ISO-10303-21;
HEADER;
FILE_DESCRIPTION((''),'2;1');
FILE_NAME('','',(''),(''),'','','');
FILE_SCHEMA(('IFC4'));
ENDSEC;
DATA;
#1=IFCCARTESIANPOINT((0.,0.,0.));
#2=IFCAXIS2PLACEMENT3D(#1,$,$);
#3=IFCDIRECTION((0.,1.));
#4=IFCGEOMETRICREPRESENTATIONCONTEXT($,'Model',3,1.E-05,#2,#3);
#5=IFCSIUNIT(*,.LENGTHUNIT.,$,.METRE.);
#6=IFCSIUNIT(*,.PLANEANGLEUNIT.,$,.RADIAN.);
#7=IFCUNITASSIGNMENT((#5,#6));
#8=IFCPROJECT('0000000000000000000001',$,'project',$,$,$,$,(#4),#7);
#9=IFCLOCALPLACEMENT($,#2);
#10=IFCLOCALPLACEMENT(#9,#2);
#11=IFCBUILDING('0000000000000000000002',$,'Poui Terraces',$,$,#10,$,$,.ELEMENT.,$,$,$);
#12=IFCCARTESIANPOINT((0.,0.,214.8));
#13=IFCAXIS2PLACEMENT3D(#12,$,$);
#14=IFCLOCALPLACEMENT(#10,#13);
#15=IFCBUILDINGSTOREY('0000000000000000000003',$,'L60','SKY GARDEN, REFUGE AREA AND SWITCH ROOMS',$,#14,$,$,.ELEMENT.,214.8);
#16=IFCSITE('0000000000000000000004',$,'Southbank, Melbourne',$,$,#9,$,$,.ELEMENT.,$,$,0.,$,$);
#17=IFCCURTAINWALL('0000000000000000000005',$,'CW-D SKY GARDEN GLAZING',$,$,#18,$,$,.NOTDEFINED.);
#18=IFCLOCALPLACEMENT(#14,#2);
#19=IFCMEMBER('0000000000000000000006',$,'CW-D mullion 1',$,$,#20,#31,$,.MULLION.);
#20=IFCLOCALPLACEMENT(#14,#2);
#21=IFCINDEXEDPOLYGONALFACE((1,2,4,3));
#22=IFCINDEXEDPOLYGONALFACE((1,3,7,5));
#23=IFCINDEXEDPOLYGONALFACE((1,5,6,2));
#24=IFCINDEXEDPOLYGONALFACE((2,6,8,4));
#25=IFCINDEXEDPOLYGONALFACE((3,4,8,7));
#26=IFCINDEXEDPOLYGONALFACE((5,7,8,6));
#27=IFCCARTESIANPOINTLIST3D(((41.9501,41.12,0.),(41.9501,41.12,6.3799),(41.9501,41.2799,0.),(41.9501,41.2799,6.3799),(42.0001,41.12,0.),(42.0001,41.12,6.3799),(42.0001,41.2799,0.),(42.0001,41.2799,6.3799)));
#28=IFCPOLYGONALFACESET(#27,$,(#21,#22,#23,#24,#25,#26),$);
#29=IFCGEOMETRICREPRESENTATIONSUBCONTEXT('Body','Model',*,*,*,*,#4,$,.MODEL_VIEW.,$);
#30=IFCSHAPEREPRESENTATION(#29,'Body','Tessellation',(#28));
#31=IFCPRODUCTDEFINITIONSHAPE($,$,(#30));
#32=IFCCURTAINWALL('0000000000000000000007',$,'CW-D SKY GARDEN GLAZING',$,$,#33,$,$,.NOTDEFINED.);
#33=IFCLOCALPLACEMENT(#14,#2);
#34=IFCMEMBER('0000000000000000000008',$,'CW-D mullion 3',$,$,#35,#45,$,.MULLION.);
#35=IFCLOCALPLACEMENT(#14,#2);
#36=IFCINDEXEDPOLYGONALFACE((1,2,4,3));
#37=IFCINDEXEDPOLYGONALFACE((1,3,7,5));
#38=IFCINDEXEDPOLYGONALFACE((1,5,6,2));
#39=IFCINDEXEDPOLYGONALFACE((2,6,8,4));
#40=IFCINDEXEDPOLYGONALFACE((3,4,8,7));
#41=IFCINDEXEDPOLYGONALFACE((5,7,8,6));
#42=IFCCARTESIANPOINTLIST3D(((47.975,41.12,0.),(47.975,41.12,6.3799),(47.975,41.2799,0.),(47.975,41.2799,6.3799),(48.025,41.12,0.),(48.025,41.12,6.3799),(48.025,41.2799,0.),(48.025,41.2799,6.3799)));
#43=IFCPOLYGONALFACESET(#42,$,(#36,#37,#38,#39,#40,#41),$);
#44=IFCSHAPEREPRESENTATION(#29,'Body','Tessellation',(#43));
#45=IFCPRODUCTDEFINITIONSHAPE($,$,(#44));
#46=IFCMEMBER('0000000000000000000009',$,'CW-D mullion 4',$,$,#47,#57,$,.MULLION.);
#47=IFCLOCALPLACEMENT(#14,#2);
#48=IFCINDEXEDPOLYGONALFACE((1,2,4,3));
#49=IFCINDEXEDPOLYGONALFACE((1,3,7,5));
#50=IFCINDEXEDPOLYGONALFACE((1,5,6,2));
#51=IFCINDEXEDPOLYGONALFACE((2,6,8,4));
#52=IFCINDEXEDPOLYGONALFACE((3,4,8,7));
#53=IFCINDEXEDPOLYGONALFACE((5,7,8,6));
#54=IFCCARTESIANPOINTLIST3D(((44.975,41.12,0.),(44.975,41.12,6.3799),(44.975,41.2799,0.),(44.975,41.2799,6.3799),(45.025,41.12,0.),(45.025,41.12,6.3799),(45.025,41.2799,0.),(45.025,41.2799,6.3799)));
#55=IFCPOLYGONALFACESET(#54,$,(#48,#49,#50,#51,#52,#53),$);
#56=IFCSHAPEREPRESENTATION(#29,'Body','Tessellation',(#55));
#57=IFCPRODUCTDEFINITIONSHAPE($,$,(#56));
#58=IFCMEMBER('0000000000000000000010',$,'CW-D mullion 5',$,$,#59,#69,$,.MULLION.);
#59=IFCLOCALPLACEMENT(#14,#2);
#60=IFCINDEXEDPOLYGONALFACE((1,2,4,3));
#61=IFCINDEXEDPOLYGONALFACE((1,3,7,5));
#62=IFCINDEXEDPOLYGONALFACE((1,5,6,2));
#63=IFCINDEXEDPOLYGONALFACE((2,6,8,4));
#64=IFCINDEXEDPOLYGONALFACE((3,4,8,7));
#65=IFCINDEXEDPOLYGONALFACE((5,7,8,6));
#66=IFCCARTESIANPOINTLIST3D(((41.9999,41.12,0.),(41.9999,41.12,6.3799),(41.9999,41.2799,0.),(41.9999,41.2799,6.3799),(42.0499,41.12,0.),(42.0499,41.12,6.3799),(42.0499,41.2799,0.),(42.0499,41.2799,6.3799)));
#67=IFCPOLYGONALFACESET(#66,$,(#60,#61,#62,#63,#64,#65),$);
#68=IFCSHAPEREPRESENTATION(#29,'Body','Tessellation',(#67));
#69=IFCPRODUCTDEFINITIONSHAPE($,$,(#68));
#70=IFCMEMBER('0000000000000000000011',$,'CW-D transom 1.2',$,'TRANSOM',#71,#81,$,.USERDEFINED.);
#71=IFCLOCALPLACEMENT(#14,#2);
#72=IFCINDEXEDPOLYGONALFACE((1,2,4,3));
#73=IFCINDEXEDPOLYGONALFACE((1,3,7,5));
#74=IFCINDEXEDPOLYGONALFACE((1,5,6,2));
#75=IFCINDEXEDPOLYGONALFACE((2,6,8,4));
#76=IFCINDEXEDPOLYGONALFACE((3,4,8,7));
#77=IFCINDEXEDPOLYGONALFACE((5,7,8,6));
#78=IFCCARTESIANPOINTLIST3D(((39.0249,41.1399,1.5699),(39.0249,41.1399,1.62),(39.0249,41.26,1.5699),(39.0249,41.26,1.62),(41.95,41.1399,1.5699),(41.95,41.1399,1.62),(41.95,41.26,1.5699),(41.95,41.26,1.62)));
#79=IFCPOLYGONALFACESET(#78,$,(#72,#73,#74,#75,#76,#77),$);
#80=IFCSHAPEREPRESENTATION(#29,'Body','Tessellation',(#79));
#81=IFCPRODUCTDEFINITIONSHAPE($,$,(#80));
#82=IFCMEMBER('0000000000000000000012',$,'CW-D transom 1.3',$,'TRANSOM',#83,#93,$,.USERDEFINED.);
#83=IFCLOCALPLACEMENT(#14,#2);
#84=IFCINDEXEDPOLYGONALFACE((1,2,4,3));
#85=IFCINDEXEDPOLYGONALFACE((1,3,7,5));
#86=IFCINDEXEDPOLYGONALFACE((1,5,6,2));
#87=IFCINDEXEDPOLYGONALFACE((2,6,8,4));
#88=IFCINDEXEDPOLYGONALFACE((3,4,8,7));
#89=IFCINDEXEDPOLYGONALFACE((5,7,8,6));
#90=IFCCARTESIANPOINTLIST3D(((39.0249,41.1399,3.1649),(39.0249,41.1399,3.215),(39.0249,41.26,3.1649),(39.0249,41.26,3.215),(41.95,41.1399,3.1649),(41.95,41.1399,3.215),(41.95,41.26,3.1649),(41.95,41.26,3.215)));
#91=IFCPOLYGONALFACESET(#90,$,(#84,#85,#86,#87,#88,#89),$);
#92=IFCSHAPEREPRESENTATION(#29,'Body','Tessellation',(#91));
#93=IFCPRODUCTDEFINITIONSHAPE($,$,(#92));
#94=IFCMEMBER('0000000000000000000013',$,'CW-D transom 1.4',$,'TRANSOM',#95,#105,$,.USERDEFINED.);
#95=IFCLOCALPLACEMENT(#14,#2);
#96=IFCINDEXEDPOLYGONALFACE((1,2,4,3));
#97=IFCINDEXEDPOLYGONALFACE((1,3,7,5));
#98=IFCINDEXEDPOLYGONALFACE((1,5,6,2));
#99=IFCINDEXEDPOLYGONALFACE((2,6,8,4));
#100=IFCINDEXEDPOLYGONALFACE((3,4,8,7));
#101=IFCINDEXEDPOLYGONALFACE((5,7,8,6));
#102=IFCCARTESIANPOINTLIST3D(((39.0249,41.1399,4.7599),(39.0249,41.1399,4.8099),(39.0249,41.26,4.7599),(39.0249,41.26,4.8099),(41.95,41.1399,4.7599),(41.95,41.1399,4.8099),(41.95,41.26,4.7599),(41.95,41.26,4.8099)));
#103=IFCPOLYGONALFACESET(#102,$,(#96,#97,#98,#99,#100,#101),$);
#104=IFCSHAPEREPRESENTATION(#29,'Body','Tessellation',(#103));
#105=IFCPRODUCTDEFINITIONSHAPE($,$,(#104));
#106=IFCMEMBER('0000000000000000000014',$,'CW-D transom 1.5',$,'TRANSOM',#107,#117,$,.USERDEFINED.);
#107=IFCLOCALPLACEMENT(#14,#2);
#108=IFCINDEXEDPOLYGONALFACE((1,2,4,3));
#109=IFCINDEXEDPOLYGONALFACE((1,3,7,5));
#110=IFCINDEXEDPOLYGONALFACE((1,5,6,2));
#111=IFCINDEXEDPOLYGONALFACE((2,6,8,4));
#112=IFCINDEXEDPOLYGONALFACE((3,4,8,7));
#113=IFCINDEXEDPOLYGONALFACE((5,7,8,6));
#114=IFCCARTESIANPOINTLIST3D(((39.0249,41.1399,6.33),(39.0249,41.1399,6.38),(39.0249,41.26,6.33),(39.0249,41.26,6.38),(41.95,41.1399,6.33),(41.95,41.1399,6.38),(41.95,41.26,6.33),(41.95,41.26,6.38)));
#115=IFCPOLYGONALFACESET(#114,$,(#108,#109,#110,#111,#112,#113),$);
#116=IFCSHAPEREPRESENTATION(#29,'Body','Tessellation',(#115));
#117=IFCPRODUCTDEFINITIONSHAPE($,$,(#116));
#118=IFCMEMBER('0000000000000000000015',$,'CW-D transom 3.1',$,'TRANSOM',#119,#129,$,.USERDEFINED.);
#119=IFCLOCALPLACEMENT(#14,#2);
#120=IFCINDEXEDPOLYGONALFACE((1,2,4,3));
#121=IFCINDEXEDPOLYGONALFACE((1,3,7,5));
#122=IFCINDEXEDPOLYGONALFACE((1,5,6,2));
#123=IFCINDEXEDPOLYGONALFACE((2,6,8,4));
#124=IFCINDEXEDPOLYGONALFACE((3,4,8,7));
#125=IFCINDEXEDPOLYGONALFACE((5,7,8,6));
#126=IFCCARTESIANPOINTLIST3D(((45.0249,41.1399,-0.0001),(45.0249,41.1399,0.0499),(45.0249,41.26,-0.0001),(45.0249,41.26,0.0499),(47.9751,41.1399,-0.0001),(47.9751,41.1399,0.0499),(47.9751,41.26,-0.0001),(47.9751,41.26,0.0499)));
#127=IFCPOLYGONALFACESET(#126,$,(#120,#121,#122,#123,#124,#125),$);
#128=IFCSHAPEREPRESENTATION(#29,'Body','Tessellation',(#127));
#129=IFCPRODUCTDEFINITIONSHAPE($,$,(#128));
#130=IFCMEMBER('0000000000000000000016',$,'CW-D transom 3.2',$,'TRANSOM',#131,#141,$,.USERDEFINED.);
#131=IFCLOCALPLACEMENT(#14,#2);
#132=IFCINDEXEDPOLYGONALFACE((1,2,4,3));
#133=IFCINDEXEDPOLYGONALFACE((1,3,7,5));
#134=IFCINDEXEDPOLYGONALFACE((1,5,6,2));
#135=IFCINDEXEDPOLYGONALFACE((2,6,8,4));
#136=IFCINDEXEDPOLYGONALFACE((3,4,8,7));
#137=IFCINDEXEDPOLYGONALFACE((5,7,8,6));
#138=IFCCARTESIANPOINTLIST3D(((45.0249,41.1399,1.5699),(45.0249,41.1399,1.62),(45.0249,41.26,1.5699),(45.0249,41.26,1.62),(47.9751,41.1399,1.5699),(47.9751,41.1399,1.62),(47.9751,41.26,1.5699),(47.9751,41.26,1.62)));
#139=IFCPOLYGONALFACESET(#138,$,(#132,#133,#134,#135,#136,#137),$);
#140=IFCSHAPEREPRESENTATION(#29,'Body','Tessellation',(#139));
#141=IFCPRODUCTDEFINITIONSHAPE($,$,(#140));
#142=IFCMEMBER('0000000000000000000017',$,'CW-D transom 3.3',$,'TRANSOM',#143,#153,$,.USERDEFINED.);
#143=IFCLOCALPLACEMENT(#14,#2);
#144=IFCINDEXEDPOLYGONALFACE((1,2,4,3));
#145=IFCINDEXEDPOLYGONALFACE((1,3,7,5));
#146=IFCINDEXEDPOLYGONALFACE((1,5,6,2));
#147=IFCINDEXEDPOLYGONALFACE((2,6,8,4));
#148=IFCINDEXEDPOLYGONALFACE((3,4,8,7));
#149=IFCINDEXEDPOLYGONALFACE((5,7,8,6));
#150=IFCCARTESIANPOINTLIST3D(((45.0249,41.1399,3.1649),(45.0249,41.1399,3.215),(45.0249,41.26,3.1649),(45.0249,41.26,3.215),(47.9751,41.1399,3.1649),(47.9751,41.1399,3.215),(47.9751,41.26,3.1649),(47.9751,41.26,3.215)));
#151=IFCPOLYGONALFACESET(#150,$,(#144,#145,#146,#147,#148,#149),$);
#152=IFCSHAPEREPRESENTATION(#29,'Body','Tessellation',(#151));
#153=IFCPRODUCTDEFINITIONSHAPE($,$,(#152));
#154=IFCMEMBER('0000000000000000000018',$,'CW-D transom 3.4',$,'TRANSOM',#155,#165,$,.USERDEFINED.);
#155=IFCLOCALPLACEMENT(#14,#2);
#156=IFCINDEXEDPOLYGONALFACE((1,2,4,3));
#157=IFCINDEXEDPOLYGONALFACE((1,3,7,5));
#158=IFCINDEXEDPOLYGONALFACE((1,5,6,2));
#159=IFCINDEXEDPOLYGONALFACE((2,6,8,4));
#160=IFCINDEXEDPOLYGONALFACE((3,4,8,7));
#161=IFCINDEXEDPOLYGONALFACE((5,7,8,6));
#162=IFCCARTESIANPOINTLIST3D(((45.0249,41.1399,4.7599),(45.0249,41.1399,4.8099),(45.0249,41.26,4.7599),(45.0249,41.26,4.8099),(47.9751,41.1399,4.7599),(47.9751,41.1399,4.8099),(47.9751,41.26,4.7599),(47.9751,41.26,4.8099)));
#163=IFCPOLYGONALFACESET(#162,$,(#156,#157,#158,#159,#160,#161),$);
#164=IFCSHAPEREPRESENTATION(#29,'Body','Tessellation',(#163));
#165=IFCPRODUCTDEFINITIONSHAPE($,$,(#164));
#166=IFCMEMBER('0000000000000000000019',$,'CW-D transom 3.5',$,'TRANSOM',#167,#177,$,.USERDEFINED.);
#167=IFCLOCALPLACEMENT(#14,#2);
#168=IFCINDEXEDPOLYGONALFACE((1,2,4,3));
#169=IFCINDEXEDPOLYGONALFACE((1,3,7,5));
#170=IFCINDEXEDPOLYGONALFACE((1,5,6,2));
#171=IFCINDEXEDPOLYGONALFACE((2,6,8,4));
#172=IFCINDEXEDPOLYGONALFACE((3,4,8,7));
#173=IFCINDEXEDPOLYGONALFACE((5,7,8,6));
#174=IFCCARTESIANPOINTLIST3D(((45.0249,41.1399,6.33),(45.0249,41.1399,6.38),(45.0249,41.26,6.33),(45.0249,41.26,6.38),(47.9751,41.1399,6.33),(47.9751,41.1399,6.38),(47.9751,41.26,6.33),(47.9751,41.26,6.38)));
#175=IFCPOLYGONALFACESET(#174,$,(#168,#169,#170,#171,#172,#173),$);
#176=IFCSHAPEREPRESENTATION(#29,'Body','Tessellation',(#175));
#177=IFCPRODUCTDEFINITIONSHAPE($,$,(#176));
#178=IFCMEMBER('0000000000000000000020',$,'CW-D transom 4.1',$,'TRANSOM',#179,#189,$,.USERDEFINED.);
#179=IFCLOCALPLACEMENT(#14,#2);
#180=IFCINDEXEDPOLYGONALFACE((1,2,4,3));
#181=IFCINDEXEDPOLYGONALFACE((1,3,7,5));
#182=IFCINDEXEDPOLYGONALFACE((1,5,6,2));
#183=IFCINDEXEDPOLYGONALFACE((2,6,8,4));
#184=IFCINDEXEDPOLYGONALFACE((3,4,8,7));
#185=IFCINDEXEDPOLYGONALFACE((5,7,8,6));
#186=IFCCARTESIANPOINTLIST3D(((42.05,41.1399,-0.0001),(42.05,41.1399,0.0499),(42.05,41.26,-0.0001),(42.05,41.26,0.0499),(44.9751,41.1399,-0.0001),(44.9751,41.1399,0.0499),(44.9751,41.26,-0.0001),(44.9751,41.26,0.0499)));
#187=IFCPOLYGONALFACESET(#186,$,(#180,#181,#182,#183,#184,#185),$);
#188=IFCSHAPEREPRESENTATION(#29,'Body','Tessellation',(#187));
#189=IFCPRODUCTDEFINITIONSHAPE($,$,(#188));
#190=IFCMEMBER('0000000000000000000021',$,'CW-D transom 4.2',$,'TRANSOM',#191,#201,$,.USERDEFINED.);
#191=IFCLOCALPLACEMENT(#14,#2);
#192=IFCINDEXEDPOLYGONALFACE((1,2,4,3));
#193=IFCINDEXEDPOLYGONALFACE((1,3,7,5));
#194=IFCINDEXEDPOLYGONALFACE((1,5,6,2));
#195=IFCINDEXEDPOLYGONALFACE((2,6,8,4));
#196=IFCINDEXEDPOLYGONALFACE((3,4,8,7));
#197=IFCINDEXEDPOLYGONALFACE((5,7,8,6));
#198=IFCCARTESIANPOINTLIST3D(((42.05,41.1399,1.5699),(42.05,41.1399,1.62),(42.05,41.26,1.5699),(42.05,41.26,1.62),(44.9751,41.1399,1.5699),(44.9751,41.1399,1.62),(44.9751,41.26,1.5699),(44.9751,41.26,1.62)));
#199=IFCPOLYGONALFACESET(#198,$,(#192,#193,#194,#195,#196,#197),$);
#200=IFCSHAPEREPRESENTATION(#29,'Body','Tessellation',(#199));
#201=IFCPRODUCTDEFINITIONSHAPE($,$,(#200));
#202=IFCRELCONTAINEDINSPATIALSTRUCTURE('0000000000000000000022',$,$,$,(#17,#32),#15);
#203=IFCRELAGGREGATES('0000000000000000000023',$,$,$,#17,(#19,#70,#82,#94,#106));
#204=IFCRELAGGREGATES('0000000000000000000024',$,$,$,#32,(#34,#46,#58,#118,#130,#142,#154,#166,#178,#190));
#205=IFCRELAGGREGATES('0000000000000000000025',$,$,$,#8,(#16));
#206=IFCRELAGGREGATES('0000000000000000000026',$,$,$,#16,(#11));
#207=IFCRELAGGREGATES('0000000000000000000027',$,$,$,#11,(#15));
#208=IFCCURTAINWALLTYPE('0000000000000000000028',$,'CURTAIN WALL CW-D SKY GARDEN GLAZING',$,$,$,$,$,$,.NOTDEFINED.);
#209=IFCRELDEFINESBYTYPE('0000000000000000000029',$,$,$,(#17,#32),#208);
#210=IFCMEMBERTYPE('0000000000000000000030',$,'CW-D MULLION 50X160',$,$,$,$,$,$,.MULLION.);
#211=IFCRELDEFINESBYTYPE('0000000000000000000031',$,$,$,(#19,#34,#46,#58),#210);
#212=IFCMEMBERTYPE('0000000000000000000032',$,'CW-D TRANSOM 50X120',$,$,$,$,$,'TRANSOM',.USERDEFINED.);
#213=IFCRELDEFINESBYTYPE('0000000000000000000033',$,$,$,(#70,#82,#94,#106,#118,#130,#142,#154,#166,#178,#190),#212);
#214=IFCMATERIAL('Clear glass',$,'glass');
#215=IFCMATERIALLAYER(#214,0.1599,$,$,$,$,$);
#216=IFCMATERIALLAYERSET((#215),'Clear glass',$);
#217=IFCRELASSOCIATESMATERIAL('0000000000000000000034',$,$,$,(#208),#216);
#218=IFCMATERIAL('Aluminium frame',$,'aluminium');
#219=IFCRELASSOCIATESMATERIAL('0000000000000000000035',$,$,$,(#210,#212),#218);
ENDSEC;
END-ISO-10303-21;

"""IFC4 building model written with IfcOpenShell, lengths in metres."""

from ifc_helpers import new_model, si_unit, direction, frame, origin, origin_2d, place, context, subcontext, project, spatial, rectangle, extrude, material, layer, layer_set, material_profile, profile_set, type_object, element, aggregate, save


model = new_model("IFC4")

# Units and contexts
model_context = context("Model", 3, precision=1e-05, world=origin(), true_north=direction((0.0, 1.0)))
body_context = subcontext(model_context, "Body", "Model", "MODEL_VIEW")
ifc_project = project(units=[si_unit("LENGTHUNIT", "METRE"), si_unit("PLANEANGLEUNIT", "RADIAN")], contexts=[model_context])

# Site, building, storey
site_placement = place(None, origin())
site = spatial("IfcSite", under=ifc_project, at=site_placement, Name="Southbank, Melbourne", CompositionType="ELEMENT", RefElevation=0.0)
building_placement = place(site_placement, origin())
building = spatial("IfcBuilding", under=site, at=building_placement, Name="Poui Terraces", CompositionType="ELEMENT")
storey_placement = place(building_placement, frame((0.0, 0.0, 214.8)))
storey = spatial("IfcBuildingStorey", under=building, at=storey_placement, Name="L60", Description="SKY GARDEN, REFUGE AREA AND SWITCH ROOMS", CompositionType="ELEMENT", Elevation=214.8)

# Curtain wall, member
ifc_material_1 = material(Name="Clear glass", Category="glass")
ifc_layer_1 = layer(ifc_material_1, 0.1599)
ifc_layer_set_1 = layer_set([ifc_layer_1], Name="Clear glass")
curtain_wall_type = type_object("IfcCurtainWallType", Name="CURTAIN WALL CW-D SKY GARDEN GLAZING", PredefinedType="NOTDEFINED", material=ifc_layer_set_1)
curtain_wall_1_placement = place(storey_placement, origin())
curtain_wall_1 = element("IfcCurtainWall", 1, at=curtain_wall_1_placement, inside=storey, type_object=curtain_wall_type, Name="CW-D SKY GARDEN GLAZING", PredefinedType="NOTDEFINED")
ifc_material_2 = material(Name="Aluminium frame", Category="aluminium")
ifc_material_profile_1 = material_profile(ifc_material_2, rectangle(XDim=0.1599, YDim=0.05, at=origin_2d()), Name="CW-D MULLION 50X160")
ifc_profile_set_1 = profile_set([ifc_material_profile_1], Name="Aluminium frame")
member_type_1 = type_object("IfcMemberType", Name="CW-D MULLION 50X160", PredefinedType="MULLION", material=ifc_profile_set_1)
member_1_placement = place(storey_placement, frame((41.9751, 41.2, 0.0), z_axis=(0.0, 0.0, 1.0), x_axis=(0.0, -1.0, 0.0)))
member_1 = element("IfcMember", 2, at=member_1_placement, type_object=member_type_1, Name="CW-D mullion 1", PredefinedType="MULLION", context=body_context, shape_type="SweptSolid", body=[
    extrude(rectangle(XDim=0.1599, YDim=0.05, at=origin_2d()), origin(), (0.0, 0.0, 1.0), 6.3799),
])

# Curtain wall, members
curtain_wall_2_placement = place(storey_placement, origin())
curtain_wall_2 = element("IfcCurtainWall", 3, at=curtain_wall_2_placement, inside=storey, type_object=curtain_wall_type, Name="CW-D SKY GARDEN GLAZING", PredefinedType="NOTDEFINED")
member_2_placement = place(storey_placement, frame((48.0, 41.2, 0.0), z_axis=(0.0, 0.0, 1.0), x_axis=(0.0, -1.0, 0.0)))
member_2 = element("IfcMember", 4, at=member_2_placement, type_object=member_type_1, Name="CW-D mullion 3", PredefinedType="MULLION", context=body_context, shape_type="SweptSolid", body=[
    extrude(rectangle(XDim=0.1599, YDim=0.05, at=origin_2d()), origin(), (0.0, 0.0, 1.0), 6.3799),
])
member_3_placement = place(storey_placement, frame((45.0, 41.2, 0.0), z_axis=(0.0, 0.0, 1.0), x_axis=(0.0, -1.0, 0.0)))
member_3 = element("IfcMember", 5, at=member_3_placement, type_object=member_type_1, Name="CW-D mullion 4", PredefinedType="MULLION", context=body_context, shape_type="SweptSolid", body=[
    extrude(rectangle(XDim=0.1599, YDim=0.05, at=origin_2d()), origin(), (0.0, 0.0, 1.0), 6.3799),
])
member_4_placement = place(storey_placement, frame((42.0249, 41.2, 0.0), z_axis=(0.0, 0.0, 1.0), x_axis=(0.0, -1.0, 0.0)))
member_4 = element("IfcMember", 6, at=member_4_placement, type_object=member_type_1, Name="CW-D mullion 5", PredefinedType="MULLION", context=body_context, shape_type="SweptSolid", body=[
    extrude(rectangle(XDim=0.1599, YDim=0.05, at=origin_2d()), origin(), (0.0, 0.0, 1.0), 6.3799),
])

# Members
ifc_material_profile_2 = material_profile(ifc_material_2, rectangle(XDim=0.1201, YDim=0.05, at=origin_2d()), Name="CW-D TRANSOM 50X120")
ifc_profile_set_2 = profile_set([ifc_material_profile_2], Name="Aluminium frame")
member_type_2 = type_object("IfcMemberType", Name="CW-D TRANSOM 50X120", ElementType="TRANSOM", PredefinedType="USERDEFINED", material=ifc_profile_set_2)
member_5_placement = place(storey_placement, frame((41.95, 41.2, 1.595), z_axis=(-1.0, 0.0, 0.0), x_axis=(0.0, -1.0, 0.0)))
member_5 = element("IfcMember", 7, at=member_5_placement, type_object=member_type_2, Name="CW-D transom 1.2", ObjectType="TRANSOM", PredefinedType="USERDEFINED", context=body_context, shape_type="SweptSolid", body=[
    extrude(rectangle(XDim=0.1201, YDim=0.05, at=origin_2d()), origin(), (0.0, 0.0, 1.0), 2.925),
])
member_6_placement = place(storey_placement, frame((41.95, 41.2, 3.1899), z_axis=(-1.0, 0.0, 0.0), x_axis=(0.0, -1.0, 0.0)))
member_6 = element("IfcMember", 8, at=member_6_placement, type_object=member_type_2, Name="CW-D transom 1.3", ObjectType="TRANSOM", PredefinedType="USERDEFINED", context=body_context, shape_type="SweptSolid", body=[
    extrude(rectangle(XDim=0.1201, YDim=0.05, at=origin_2d()), origin(), (0.0, 0.0, 1.0), 2.925),
])
member_7_placement = place(storey_placement, frame((41.95, 41.2, 4.7849), z_axis=(-1.0, 0.0, 0.0), x_axis=(0.0, -1.0, 0.0)))
member_7 = element("IfcMember", 9, at=member_7_placement, type_object=member_type_2, Name="CW-D transom 1.4", ObjectType="TRANSOM", PredefinedType="USERDEFINED", context=body_context, shape_type="SweptSolid", body=[
    extrude(rectangle(XDim=0.1201, YDim=0.05, at=origin_2d()), origin(), (0.0, 0.0, 1.0), 2.925),
])
member_8_placement = place(storey_placement, frame((41.95, 41.2, 6.355), z_axis=(-1.0, 0.0, 0.0), x_axis=(0.0, -1.0, 0.0)))
member_8 = element("IfcMember", 10, at=member_8_placement, type_object=member_type_2, Name="CW-D transom 1.5", ObjectType="TRANSOM", PredefinedType="USERDEFINED", context=body_context, shape_type="SweptSolid", body=[
    extrude(rectangle(XDim=0.1201, YDim=0.05, at=origin_2d()), origin(), (0.0, 0.0, 1.0), 2.925),
])
aggregate(curtain_wall_1, [member_1, member_5, member_6, member_7, member_8])
member_9_placement = place(storey_placement, frame((47.9751, 41.2, 0.0249), z_axis=(-1.0, 0.0, 0.0), x_axis=(0.0, -1.0, 0.0)))
member_9 = element("IfcMember", 11, at=member_9_placement, type_object=member_type_2, Name="CW-D transom 3.1", ObjectType="TRANSOM", PredefinedType="USERDEFINED", context=body_context, shape_type="SweptSolid", body=[
    extrude(rectangle(XDim=0.1201, YDim=0.05, at=origin_2d()), origin(), (0.0, 0.0, 1.0), 2.9502),
])
member_10_placement = place(storey_placement, frame((47.9751, 41.2, 1.595), z_axis=(-1.0, 0.0, 0.0), x_axis=(0.0, -1.0, 0.0)))
member_10 = element("IfcMember", 12, at=member_10_placement, type_object=member_type_2, Name="CW-D transom 3.2", ObjectType="TRANSOM", PredefinedType="USERDEFINED", context=body_context, shape_type="SweptSolid", body=[
    extrude(rectangle(XDim=0.1201, YDim=0.05, at=origin_2d()), origin(), (0.0, 0.0, 1.0), 2.9502),
])
member_11_placement = place(storey_placement, frame((47.9751, 41.2, 3.1899), z_axis=(-1.0, 0.0, 0.0), x_axis=(0.0, -1.0, 0.0)))
member_11 = element("IfcMember", 13, at=member_11_placement, type_object=member_type_2, Name="CW-D transom 3.3", ObjectType="TRANSOM", PredefinedType="USERDEFINED", context=body_context, shape_type="SweptSolid", body=[
    extrude(rectangle(XDim=0.1201, YDim=0.05, at=origin_2d()), origin(), (0.0, 0.0, 1.0), 2.9502),
])
member_12_placement = place(storey_placement, frame((47.9751, 41.2, 4.7849), z_axis=(-1.0, 0.0, 0.0), x_axis=(0.0, -1.0, 0.0)))
member_12 = element("IfcMember", 14, at=member_12_placement, type_object=member_type_2, Name="CW-D transom 3.4", ObjectType="TRANSOM", PredefinedType="USERDEFINED", context=body_context, shape_type="SweptSolid", body=[
    extrude(rectangle(XDim=0.1201, YDim=0.05, at=origin_2d()), origin(), (0.0, 0.0, 1.0), 2.9502),
])
member_13_placement = place(storey_placement, frame((47.9751, 41.2, 6.355), z_axis=(-1.0, 0.0, 0.0), x_axis=(0.0, -1.0, 0.0)))
member_13 = element("IfcMember", 15, at=member_13_placement, type_object=member_type_2, Name="CW-D transom 3.5", ObjectType="TRANSOM", PredefinedType="USERDEFINED", context=body_context, shape_type="SweptSolid", body=[
    extrude(rectangle(XDim=0.1201, YDim=0.05, at=origin_2d()), origin(), (0.0, 0.0, 1.0), 2.9502),
])
member_14_placement = place(storey_placement, frame((44.9751, 41.2, 0.0249), z_axis=(-1.0, 0.0, 0.0), x_axis=(0.0, -1.0, 0.0)))
member_14 = element("IfcMember", 16, at=member_14_placement, type_object=member_type_2, Name="CW-D transom 4.1", ObjectType="TRANSOM", PredefinedType="USERDEFINED", context=body_context, shape_type="SweptSolid", body=[
    extrude(rectangle(XDim=0.1201, YDim=0.05, at=origin_2d()), origin(), (0.0, 0.0, 1.0), 2.925),
])
member_15_placement = place(storey_placement, frame((44.9751, 41.2, 1.595), z_axis=(-1.0, 0.0, 0.0), x_axis=(0.0, -1.0, 0.0)))
member_15 = element("IfcMember", 17, at=member_15_placement, type_object=member_type_2, Name="CW-D transom 4.2", ObjectType="TRANSOM", PredefinedType="USERDEFINED", context=body_context, shape_type="SweptSolid", body=[
    extrude(rectangle(XDim=0.1201, YDim=0.05, at=origin_2d()), origin(), (0.0, 0.0, 1.0), 2.925),
])

aggregate(curtain_wall_2, [member_2, member_3, member_4, member_9, member_10, member_11, member_12, member_13, member_14, member_15])

save(model, "model.ifc")
